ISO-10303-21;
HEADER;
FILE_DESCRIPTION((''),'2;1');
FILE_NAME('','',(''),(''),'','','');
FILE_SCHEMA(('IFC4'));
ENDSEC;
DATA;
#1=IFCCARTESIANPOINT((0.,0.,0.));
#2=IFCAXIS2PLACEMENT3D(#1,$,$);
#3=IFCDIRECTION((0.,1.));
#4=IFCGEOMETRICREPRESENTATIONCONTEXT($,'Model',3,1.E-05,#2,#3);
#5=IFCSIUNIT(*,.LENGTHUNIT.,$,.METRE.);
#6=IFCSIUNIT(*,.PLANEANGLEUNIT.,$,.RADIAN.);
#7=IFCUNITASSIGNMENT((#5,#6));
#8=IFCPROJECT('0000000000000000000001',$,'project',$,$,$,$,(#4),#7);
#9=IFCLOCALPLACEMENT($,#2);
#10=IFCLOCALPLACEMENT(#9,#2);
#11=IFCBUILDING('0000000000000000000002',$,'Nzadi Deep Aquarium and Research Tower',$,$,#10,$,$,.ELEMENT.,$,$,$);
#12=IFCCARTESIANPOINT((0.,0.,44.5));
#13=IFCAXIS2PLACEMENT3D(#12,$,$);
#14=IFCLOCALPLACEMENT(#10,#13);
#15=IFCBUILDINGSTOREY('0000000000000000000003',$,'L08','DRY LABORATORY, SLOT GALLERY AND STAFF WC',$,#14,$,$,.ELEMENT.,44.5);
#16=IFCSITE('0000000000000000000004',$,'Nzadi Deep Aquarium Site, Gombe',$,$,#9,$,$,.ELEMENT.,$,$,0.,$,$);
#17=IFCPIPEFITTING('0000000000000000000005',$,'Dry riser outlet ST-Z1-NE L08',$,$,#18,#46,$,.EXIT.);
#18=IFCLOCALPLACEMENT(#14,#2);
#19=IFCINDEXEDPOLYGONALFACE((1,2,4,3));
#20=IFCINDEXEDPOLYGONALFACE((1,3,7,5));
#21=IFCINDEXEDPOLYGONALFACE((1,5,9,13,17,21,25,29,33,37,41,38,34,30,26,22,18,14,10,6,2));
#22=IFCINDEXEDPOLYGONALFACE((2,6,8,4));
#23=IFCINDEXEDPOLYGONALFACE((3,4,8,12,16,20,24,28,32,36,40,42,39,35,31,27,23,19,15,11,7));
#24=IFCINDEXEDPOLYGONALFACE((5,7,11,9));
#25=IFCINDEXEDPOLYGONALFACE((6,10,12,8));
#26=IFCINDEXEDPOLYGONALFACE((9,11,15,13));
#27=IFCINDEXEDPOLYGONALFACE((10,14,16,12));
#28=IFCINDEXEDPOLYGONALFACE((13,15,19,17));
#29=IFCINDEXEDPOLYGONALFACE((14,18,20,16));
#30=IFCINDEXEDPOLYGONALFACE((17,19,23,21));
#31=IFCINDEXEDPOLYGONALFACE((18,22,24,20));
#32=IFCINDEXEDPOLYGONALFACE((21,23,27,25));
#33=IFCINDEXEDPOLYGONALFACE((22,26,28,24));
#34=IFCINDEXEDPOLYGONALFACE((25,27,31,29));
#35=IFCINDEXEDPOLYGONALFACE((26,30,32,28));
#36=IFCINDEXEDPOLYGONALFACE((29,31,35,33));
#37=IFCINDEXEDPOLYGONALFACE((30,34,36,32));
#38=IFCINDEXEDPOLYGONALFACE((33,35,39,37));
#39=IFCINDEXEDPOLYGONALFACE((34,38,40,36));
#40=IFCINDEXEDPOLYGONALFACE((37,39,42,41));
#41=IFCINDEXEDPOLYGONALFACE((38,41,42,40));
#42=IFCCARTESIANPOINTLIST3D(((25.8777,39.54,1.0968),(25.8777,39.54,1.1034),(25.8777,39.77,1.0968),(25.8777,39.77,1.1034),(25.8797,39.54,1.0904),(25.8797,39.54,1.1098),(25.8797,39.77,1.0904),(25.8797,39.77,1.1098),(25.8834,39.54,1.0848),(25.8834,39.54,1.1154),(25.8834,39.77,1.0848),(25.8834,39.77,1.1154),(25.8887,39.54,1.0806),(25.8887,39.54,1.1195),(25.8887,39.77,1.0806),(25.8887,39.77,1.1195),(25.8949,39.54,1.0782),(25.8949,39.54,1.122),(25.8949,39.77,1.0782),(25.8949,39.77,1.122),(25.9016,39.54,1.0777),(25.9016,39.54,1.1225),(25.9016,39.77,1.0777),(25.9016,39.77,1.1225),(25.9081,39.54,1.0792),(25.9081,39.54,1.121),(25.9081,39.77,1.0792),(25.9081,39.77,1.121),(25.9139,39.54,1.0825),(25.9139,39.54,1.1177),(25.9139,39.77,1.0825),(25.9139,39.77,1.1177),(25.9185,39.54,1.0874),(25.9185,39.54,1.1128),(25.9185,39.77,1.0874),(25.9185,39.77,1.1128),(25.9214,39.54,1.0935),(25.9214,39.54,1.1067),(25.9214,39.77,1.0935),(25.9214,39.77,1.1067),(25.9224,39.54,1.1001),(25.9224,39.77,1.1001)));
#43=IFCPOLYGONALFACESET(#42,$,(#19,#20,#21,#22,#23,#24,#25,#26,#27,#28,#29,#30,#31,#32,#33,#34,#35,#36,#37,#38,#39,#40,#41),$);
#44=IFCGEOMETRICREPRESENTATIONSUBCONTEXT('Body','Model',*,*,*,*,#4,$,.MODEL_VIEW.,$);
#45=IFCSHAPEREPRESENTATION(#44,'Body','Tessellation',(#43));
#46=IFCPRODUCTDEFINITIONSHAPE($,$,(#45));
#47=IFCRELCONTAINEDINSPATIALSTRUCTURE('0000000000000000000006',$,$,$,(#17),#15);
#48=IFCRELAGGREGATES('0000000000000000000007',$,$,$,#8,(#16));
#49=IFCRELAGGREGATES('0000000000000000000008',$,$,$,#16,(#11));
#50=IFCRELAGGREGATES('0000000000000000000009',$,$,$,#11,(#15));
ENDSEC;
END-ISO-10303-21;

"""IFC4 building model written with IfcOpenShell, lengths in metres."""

from ifc_helpers import new_model, si_unit, direction, frame, origin, origin_2d, place, context, subcontext, project, spatial, circle, extrude, element, save


model = new_model("IFC4")

# Units and contexts
model_context = context("Model", 3, precision=1e-05, world=origin(), true_north=direction((0.0, 1.0)))
body_context = subcontext(model_context, "Body", "Model", "MODEL_VIEW")
ifc_project = project(units=[si_unit("LENGTHUNIT", "METRE"), si_unit("PLANEANGLEUNIT", "RADIAN")], contexts=[model_context])

# Site, building, storey
site_placement = place(None, origin())
site = spatial("IfcSite", under=ifc_project, at=site_placement, Name="Nzadi Deep Aquarium Site, Gombe", CompositionType="ELEMENT", RefElevation=0.0)
building_placement = place(site_placement, origin())
building = spatial("IfcBuilding", under=site, at=building_placement, Name="Nzadi Deep Aquarium and Research Tower", CompositionType="ELEMENT")
storey_placement = place(building_placement, frame((0.0, 0.0, 44.5)))
storey = spatial("IfcBuildingStorey", under=building, at=storey_placement, Name="L08", Description="DRY LABORATORY, SLOT GALLERY AND STAFF WC", CompositionType="ELEMENT", Elevation=44.5)

# Pipe fitting
pipe_fitting_placement = place(storey_placement, frame((25.8999, 39.77, 1.1001), z_axis=(0.0, -1.0, 0.0), x_axis=(1.0, 0.0, 0.0)))
element("IfcPipeFitting", 1, at=pipe_fitting_placement, inside=storey, Name="Dry riser outlet ST-Z1-NE L08", PredefinedType="EXIT", context=body_context, shape_type="SweptSolid", body=[
    extrude(circle(Radius=0.0225, at=origin_2d()), origin(), (0.0, 0.0, 1.0), 0.23),
])

save(model, "model.ifc")
